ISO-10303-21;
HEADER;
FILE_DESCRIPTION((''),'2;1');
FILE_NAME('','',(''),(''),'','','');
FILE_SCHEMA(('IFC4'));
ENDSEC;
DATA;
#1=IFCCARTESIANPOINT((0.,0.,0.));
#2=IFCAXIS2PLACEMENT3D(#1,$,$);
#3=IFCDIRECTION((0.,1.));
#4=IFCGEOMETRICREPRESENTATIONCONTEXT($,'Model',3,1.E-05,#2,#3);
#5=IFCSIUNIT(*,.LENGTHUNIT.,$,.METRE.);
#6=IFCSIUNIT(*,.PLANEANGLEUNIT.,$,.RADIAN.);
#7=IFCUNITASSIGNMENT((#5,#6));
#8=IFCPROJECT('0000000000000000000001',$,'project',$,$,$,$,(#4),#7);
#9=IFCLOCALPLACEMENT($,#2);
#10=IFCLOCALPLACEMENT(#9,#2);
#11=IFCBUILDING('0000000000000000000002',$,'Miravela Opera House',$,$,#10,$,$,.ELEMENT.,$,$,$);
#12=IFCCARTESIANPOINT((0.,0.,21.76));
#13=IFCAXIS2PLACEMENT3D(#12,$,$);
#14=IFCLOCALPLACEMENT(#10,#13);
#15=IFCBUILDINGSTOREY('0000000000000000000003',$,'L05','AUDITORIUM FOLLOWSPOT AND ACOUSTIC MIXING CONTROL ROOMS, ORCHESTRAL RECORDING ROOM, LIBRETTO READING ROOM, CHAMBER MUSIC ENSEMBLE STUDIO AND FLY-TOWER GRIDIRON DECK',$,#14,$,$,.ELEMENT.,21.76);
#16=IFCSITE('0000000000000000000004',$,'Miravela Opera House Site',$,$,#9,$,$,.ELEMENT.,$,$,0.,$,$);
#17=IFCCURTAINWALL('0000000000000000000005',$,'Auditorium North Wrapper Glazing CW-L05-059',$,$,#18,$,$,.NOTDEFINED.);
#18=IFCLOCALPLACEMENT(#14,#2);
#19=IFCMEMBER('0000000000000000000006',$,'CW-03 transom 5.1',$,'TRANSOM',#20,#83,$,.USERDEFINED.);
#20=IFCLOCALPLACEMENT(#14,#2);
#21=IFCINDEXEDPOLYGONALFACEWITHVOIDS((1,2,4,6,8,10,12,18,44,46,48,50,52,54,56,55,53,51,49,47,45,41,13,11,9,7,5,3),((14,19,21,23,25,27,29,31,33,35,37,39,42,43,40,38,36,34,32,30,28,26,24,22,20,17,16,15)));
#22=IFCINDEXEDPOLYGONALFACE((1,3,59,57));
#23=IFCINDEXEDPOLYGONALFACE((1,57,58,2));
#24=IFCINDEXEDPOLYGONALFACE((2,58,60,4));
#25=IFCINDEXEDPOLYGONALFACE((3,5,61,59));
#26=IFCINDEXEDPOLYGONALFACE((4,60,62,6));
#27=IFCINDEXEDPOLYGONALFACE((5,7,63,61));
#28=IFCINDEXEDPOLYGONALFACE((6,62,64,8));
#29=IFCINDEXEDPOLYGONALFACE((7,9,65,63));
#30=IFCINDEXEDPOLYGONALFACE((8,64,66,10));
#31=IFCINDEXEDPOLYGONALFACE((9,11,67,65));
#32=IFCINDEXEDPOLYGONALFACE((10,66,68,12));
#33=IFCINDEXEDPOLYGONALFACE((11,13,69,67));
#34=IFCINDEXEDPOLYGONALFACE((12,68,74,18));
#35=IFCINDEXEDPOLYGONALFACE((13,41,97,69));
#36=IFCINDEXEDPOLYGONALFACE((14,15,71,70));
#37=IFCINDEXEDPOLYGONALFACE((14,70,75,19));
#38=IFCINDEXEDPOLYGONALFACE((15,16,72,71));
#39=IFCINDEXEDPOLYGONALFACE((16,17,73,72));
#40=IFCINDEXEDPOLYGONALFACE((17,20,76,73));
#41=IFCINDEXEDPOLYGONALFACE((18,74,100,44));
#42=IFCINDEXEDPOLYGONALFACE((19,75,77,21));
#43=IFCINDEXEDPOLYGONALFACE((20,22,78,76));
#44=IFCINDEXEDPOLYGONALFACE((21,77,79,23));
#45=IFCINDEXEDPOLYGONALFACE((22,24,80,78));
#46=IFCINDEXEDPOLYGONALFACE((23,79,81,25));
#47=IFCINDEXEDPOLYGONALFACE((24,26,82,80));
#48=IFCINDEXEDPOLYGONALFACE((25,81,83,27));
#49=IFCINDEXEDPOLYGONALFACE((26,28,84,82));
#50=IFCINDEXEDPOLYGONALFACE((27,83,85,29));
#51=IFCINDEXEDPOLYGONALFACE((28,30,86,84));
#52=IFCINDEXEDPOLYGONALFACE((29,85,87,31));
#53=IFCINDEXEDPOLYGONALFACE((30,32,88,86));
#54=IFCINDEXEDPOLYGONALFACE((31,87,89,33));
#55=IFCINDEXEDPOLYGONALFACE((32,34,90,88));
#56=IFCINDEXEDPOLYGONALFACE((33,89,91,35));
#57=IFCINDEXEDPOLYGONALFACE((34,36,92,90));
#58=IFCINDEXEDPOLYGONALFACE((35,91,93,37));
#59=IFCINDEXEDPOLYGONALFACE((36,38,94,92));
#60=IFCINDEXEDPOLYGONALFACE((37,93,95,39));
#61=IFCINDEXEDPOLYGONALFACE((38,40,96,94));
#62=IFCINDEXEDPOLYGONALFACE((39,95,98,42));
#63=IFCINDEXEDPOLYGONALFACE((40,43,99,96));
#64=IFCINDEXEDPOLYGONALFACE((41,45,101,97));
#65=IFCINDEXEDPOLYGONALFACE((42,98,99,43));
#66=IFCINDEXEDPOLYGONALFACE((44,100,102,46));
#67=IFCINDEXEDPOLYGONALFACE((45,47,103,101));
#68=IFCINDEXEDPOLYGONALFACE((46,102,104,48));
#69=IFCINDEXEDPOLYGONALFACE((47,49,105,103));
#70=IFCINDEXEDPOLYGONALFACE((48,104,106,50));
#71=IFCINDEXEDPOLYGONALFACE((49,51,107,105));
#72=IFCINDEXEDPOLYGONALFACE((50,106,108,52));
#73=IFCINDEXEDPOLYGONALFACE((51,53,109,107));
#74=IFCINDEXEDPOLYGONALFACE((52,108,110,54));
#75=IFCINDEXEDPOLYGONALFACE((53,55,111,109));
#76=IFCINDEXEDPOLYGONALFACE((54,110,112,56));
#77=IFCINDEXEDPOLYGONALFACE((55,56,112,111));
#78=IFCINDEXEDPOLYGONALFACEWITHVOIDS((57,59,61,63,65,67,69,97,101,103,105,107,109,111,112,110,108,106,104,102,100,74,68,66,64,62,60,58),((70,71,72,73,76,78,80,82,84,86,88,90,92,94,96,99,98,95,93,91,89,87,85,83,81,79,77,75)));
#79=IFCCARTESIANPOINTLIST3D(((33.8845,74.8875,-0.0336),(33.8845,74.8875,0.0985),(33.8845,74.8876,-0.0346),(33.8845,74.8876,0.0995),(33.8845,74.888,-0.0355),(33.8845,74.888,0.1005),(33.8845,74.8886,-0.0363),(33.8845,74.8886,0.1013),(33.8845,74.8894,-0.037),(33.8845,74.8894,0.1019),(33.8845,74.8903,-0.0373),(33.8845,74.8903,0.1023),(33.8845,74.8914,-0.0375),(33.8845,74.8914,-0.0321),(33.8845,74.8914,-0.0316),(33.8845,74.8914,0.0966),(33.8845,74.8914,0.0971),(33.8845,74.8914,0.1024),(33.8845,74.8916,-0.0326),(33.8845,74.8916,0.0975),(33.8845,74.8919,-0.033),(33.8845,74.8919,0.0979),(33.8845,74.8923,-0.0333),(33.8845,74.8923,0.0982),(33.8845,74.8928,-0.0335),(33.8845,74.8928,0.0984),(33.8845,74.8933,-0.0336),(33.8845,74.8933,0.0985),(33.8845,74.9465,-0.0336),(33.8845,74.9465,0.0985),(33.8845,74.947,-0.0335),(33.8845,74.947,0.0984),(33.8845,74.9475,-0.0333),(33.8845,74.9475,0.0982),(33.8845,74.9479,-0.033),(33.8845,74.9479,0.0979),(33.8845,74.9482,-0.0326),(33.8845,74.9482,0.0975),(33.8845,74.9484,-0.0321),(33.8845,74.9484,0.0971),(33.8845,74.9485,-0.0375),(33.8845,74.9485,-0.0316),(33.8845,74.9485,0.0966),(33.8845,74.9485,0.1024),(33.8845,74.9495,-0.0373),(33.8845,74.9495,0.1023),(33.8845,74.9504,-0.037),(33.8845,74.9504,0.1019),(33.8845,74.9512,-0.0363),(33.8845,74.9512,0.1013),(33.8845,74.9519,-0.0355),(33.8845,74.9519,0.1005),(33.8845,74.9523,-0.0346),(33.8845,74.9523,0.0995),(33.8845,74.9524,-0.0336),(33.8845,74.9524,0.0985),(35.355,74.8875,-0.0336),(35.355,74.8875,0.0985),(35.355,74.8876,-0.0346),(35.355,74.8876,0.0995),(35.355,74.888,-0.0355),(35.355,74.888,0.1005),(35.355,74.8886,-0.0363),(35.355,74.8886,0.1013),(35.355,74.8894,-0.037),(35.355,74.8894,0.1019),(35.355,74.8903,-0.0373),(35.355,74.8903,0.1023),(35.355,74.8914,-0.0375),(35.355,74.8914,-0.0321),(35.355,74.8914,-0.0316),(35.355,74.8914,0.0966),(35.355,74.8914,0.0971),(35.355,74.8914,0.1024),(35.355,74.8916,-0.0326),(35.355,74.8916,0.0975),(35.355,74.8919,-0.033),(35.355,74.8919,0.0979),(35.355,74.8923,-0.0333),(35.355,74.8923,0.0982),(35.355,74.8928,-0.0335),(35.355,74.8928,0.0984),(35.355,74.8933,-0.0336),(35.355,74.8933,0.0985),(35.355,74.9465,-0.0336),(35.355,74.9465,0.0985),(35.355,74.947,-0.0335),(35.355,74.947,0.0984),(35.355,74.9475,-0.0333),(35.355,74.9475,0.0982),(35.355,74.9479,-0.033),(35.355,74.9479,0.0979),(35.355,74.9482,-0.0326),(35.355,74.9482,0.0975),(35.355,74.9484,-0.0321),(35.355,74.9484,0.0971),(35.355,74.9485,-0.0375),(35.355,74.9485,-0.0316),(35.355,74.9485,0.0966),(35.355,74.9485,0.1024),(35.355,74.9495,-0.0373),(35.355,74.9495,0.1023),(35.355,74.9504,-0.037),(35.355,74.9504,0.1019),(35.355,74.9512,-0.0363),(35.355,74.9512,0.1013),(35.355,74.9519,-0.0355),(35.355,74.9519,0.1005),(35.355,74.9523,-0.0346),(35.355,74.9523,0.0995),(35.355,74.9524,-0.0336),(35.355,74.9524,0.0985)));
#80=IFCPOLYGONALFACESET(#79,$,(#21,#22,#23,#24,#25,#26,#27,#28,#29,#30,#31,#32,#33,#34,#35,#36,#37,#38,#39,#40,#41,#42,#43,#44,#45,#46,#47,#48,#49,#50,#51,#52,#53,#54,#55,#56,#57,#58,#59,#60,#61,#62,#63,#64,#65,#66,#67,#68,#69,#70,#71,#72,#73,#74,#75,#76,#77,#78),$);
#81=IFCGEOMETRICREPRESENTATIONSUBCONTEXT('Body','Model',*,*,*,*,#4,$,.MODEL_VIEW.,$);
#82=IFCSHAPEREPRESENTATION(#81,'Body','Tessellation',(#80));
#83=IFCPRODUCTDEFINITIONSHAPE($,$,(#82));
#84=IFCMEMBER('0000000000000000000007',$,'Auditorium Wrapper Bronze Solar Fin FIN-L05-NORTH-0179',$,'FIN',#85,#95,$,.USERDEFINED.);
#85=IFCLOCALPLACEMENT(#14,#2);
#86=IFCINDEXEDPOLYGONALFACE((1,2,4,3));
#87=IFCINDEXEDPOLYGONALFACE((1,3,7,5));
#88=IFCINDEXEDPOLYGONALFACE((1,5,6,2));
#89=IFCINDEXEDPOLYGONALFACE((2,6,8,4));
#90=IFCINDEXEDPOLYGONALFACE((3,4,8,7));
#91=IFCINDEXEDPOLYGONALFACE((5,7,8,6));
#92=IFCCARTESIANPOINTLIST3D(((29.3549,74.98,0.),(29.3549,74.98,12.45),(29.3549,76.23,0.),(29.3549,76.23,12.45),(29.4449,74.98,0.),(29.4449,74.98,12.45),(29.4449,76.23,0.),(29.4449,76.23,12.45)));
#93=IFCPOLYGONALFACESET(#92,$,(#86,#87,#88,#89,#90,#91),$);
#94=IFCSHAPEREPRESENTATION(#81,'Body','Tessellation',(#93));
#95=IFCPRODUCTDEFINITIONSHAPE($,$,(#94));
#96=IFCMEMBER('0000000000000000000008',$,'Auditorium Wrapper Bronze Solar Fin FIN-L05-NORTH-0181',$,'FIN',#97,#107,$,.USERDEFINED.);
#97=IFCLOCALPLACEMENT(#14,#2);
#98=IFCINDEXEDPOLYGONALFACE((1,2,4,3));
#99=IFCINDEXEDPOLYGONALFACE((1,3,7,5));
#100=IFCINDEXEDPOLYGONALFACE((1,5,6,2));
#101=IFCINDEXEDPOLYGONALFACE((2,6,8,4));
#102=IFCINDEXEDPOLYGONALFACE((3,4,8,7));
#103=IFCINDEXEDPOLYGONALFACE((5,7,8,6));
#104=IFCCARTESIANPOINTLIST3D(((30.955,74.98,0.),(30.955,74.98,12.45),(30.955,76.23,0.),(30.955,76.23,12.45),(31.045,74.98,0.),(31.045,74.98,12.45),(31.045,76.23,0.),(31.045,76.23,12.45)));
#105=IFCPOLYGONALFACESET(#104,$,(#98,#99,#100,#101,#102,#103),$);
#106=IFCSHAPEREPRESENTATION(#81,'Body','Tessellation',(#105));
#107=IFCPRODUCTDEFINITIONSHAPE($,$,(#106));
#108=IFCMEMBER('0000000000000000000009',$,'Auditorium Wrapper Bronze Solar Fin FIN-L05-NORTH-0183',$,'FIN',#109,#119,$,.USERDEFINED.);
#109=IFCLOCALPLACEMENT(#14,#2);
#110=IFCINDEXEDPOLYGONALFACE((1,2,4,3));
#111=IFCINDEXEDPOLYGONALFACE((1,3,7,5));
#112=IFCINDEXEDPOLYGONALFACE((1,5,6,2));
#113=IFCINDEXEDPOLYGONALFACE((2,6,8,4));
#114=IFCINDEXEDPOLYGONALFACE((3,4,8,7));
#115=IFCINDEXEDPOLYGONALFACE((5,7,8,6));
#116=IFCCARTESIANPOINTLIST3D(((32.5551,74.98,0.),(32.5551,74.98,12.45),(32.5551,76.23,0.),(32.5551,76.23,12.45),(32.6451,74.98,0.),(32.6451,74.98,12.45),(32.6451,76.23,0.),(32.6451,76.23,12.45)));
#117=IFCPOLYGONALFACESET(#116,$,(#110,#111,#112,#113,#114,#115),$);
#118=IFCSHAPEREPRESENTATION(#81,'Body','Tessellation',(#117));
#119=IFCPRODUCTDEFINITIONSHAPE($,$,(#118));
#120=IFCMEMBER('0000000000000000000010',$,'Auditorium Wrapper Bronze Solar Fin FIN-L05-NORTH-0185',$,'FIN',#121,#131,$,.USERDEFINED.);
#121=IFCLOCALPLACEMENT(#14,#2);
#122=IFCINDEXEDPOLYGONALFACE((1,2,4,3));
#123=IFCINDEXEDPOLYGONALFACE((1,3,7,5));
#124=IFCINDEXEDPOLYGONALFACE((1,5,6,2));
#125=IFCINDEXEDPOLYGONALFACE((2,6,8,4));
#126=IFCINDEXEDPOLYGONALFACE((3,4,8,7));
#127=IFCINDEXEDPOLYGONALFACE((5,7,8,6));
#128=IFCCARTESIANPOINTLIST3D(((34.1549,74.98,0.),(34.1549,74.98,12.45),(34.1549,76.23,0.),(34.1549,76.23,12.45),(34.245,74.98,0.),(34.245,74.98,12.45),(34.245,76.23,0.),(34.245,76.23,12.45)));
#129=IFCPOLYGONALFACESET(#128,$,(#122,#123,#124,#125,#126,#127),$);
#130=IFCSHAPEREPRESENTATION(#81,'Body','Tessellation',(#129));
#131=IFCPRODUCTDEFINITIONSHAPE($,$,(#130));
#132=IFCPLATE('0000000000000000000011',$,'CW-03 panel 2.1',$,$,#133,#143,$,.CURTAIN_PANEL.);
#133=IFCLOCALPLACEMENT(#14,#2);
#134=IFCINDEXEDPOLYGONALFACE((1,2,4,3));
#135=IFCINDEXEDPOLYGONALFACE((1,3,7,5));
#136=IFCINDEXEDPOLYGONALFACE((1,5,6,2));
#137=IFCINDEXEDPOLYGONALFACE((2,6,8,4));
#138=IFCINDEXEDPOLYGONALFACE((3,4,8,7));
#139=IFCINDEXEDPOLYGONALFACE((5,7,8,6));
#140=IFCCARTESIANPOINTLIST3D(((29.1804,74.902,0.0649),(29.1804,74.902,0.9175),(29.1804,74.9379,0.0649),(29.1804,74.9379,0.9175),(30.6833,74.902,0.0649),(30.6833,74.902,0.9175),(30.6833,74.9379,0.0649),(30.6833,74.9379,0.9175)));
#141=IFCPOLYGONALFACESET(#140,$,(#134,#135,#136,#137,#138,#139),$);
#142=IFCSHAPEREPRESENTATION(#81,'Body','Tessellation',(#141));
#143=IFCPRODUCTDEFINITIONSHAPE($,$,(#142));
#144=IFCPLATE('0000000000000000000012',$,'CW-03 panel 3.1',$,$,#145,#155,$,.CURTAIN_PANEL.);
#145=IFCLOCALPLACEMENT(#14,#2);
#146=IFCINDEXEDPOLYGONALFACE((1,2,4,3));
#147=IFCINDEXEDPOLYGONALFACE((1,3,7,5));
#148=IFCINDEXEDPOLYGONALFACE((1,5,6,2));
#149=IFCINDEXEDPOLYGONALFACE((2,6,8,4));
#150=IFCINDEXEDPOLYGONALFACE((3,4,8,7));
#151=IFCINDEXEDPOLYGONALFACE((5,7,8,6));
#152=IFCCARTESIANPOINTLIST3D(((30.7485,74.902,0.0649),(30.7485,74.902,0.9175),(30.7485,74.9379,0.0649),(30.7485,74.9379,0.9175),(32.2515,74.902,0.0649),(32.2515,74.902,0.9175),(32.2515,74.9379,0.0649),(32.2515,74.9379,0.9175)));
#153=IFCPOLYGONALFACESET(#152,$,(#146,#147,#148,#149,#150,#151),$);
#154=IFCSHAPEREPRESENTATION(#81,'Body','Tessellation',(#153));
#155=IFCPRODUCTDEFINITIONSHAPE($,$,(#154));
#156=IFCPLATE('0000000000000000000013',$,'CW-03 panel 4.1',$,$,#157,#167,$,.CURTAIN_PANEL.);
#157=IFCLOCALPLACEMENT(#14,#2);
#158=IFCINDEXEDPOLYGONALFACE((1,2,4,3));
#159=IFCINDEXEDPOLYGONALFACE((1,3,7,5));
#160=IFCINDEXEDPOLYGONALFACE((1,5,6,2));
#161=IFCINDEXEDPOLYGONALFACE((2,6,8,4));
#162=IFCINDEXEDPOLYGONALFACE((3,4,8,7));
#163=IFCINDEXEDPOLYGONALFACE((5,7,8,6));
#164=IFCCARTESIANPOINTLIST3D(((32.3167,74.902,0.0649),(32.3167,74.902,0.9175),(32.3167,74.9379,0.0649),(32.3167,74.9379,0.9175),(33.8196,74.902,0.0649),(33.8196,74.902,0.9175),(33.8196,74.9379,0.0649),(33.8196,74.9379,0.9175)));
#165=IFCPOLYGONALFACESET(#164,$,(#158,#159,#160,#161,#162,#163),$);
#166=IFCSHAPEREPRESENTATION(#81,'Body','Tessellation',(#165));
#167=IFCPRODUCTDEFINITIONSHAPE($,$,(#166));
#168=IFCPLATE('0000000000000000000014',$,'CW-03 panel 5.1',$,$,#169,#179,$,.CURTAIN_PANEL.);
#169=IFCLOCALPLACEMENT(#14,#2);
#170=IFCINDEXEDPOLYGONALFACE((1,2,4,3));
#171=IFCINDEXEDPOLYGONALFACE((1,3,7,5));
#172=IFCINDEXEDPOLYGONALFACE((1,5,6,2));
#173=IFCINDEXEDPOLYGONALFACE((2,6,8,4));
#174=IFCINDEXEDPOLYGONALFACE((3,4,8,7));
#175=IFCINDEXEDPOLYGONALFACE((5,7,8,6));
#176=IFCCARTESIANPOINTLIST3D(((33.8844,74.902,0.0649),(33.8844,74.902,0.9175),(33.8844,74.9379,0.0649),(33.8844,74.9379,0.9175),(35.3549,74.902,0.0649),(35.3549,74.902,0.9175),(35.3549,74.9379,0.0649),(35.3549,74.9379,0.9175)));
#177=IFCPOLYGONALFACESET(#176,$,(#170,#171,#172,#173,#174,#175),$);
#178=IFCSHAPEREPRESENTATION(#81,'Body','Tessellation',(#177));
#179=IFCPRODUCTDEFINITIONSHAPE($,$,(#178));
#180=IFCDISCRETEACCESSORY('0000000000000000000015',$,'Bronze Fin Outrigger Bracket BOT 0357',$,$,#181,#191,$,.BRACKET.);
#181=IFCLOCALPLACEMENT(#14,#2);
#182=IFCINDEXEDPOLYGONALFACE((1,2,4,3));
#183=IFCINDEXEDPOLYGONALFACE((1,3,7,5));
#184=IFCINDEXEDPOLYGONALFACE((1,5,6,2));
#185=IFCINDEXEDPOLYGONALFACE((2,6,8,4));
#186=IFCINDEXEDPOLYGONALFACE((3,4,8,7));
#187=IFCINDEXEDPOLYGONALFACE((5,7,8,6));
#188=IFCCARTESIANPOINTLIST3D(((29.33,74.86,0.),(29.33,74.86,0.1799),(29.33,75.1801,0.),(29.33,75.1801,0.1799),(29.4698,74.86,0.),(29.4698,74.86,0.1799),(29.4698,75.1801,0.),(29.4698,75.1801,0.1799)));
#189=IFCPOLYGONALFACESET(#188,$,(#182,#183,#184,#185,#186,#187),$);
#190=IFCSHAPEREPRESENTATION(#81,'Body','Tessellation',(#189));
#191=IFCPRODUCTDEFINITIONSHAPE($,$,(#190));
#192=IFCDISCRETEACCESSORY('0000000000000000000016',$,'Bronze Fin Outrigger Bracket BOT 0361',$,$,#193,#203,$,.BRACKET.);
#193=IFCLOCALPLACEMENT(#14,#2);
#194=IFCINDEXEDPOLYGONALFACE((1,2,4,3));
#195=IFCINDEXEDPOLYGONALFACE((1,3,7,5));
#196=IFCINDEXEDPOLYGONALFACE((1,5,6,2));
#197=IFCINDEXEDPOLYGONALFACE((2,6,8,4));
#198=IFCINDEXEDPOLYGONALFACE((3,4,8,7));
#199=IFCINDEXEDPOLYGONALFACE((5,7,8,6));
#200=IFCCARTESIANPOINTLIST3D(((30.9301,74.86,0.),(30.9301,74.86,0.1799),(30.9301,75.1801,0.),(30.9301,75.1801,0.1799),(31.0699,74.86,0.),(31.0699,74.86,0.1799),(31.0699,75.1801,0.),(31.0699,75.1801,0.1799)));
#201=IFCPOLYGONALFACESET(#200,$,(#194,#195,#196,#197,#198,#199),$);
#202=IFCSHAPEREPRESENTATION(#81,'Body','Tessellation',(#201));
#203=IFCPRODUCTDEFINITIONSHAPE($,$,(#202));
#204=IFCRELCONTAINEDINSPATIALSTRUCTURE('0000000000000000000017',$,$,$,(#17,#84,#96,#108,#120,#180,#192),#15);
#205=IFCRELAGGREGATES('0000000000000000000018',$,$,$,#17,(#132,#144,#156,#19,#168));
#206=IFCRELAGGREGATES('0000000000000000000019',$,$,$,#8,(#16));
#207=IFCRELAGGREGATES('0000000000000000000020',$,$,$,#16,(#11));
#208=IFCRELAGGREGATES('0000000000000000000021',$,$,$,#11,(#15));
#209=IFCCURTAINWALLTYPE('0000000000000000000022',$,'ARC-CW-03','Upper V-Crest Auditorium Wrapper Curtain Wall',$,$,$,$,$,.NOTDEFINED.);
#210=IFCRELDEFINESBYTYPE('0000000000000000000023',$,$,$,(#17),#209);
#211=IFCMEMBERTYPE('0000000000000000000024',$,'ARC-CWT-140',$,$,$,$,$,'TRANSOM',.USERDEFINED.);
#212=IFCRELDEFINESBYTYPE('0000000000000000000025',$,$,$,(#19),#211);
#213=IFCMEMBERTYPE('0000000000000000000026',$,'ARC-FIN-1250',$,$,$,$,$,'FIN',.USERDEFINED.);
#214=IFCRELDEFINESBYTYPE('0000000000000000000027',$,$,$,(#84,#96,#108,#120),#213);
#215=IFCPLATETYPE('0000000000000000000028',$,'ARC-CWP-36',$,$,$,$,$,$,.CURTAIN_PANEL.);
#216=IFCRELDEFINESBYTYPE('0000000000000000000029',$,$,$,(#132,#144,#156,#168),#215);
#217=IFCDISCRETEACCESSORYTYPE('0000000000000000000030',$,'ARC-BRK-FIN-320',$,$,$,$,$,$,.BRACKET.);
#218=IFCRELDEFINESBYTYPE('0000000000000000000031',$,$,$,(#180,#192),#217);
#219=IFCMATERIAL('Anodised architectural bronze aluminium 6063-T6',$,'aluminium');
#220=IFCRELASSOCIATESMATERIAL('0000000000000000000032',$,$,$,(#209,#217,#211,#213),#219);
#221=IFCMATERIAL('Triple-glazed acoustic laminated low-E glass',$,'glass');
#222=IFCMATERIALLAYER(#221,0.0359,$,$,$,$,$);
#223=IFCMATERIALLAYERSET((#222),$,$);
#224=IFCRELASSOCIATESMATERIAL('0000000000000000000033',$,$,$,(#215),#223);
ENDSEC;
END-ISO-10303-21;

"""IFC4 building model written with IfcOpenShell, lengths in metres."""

from ifc_helpers import new_model, si_unit, direction, frame, origin, origin_2d, place, context, subcontext, project, spatial, rectangle, hollow_rectangle, extrude, material, layer, layer_set, material_profile, profile_set, type_object, element, aggregate, save


model = new_model("IFC4")

# Units and contexts
model_context = context("Model", 3, precision=1e-05, world=origin(), true_north=direction((0.0, 1.0)))
body_context = subcontext(model_context, "Body", "Model", "MODEL_VIEW")
ifc_project = project(units=[si_unit("LENGTHUNIT", "METRE"), si_unit("PLANEANGLEUNIT", "RADIAN")], contexts=[model_context])

# Site, building, storey
site_placement = place(None, origin())
site = spatial("IfcSite", under=ifc_project, at=site_placement, Name="Miravela Opera House Site", CompositionType="ELEMENT", RefElevation=0.0)
building_placement = place(site_placement, origin())
building = spatial("IfcBuilding", under=site, at=building_placement, Name="Miravela Opera House", CompositionType="ELEMENT")
storey_placement = place(building_placement, frame((0.0, 0.0, 21.76)))
storey = spatial("IfcBuildingStorey", under=building, at=storey_placement, Name="L05", Description="AUDITORIUM FOLLOWSPOT AND ACOUSTIC MIXING CONTROL ROOMS, ORCHESTRAL RECORDING ROOM, LIBRETTO READING ROOM, CHAMBER MUSIC ENSEMBLE STUDIO AND FLY-TOWER GRIDIRON DECK", CompositionType="ELEMENT", Elevation=21.76)

# Curtain wall, member
ifc_material_1 = material(Name="Anodised architectural bronze aluminium 6063-T6", Category="aluminium")
curtain_wall_type = type_object("IfcCurtainWallType", Name="ARC-CW-03", Description="Upper V-Crest Auditorium Wrapper Curtain Wall", PredefinedType="NOTDEFINED", material=ifc_material_1)
curtain_wall_placement = place(storey_placement, origin())
curtain_wall = element("IfcCurtainWall", 1, at=curtain_wall_placement, inside=storey, type_object=curtain_wall_type, Name="Auditorium North Wrapper Glazing CW-L05-059", PredefinedType="NOTDEFINED")
ifc_material_profile_1 = material_profile(ifc_material_1, hollow_rectangle(XDim=0.0649, YDim=0.1399, WallThickness=0.0039, InnerFilletRadius=0.002, OuterFilletRadius=0.0039, at=origin_2d()), Name="CWT-65X140")
ifc_profile_set_1 = profile_set([ifc_material_profile_1])
member_type_1 = type_object("IfcMemberType", Name="ARC-CWT-140", ElementType="TRANSOM", PredefinedType="USERDEFINED", material=ifc_profile_set_1)
member_1_placement = place(storey_placement, frame((33.8845, 74.9199, 0.0325), z_axis=(1.0, 0.0, 0.0), x_axis=(0.0, 1.0, 0.0)))
member_1 = element("IfcMember", 2, at=member_1_placement, type_object=member_type_1, Name="CW-03 transom 5.1", ObjectType="TRANSOM", PredefinedType="USERDEFINED", context=body_context, shape_type="SweptSolid", body=[
    extrude(hollow_rectangle(XDim=0.0649, YDim=0.1399, WallThickness=0.0039, InnerFilletRadius=0.002, OuterFilletRadius=0.0039, at=origin_2d()), origin(), (0.0, 0.0, 1.0), 1.4705),
])

# Members
ifc_material_profile_2 = material_profile(ifc_material_1, rectangle(XDim=0.0901, YDim=1.25, at=origin_2d()), Name="FIN-1250X90")
ifc_profile_set_2 = profile_set([ifc_material_profile_2])
member_type_2 = type_object("IfcMemberType", Name="ARC-FIN-1250", ElementType="FIN", PredefinedType="USERDEFINED", material=ifc_profile_set_2)
for number, where, z_axis, x_axis, name in (
    (3, (29.3999, 75.605, 0.0), (0.0, 0.0, 1.0), (1.0, 0.0, 0.0), "Auditorium Wrapper Bronze Solar Fin FIN-L05-NORTH-0179"),
    (4, (31.0, 75.605, 0.0), (0.0, 0.0, 1.0), (1.0, 0.0, 0.0), "Auditorium Wrapper Bronze Solar Fin FIN-L05-NORTH-0181"),
    (5, (32.6001, 75.605, 0.0), (0.0, 0.0, 1.0), (1.0, 0.0, 0.0), "Auditorium Wrapper Bronze Solar Fin FIN-L05-NORTH-0183"),
    (6, (34.2, 75.605, 0.0), (0.0, 0.0, 1.0), (1.0, 0.0, 0.0), "Auditorium Wrapper Bronze Solar Fin FIN-L05-NORTH-0185"),
):
    element("IfcMember", number, at=place(storey_placement, frame(where, z_axis=z_axis, x_axis=x_axis)), inside=storey, type_object=member_type_2, Name=name, ObjectType="FIN", PredefinedType="USERDEFINED", context=body_context, shape_type="SweptSolid", body=[
        extrude(rectangle(XDim=0.0901, YDim=1.25, at=origin_2d()), origin(), (0.0, 0.0, 1.0), 12.45),
    ])

# Plates
ifc_material_2 = material(Name="Triple-glazed acoustic laminated low-E glass", Category="glass")
ifc_layer = layer(ifc_material_2, 0.0359)
ifc_layer_set = layer_set([ifc_layer])
plate_type = type_object("IfcPlateType", Name="ARC-CWP-36", PredefinedType="CURTAIN_PANEL", material=ifc_layer_set)
plate_1_placement = place(storey_placement, frame((29.9319, 74.9199, 0.0649), z_axis=(0.0, 0.0, 1.0), x_axis=(1.0, 0.0, 0.0)))
plate_1 = element("IfcPlate", 7, at=plate_1_placement, type_object=plate_type, Name="CW-03 panel 2.1", PredefinedType="CURTAIN_PANEL", context=body_context, shape_type="SweptSolid", body=[
    extrude(rectangle(XDim=1.5029, YDim=0.0359, at=origin_2d()), origin(), (0.0, 0.0, 1.0), 0.8525),
])
plate_2_placement = place(storey_placement, frame((31.5, 74.9199, 0.0649), z_axis=(0.0, 0.0, 1.0), x_axis=(1.0, 0.0, 0.0)))
plate_2 = element("IfcPlate", 8, at=plate_2_placement, type_object=plate_type, Name="CW-03 panel 3.1", PredefinedType="CURTAIN_PANEL", context=body_context, shape_type="SweptSolid", body=[
    extrude(rectangle(XDim=1.5029, YDim=0.0359, at=origin_2d()), origin(), (0.0, 0.0, 1.0), 0.8525),
])
plate_3_placement = place(storey_placement, frame((33.0681, 74.9199, 0.0649), z_axis=(0.0, 0.0, 1.0), x_axis=(1.0, 0.0, 0.0)))
plate_3 = element("IfcPlate", 9, at=plate_3_placement, type_object=plate_type, Name="CW-03 panel 4.1", PredefinedType="CURTAIN_PANEL", context=body_context, shape_type="SweptSolid", body=[
    extrude(rectangle(XDim=1.5029, YDim=0.0359, at=origin_2d()), origin(), (0.0, 0.0, 1.0), 0.8525),
])
plate_4_placement = place(storey_placement, frame((34.6196, 74.9199, 0.0649), z_axis=(0.0, 0.0, 1.0), x_axis=(1.0, 0.0, 0.0)))
plate_4 = element("IfcPlate", 10, at=plate_4_placement, type_object=plate_type, Name="CW-03 panel 5.1", PredefinedType="CURTAIN_PANEL", context=body_context, shape_type="SweptSolid", body=[
    extrude(rectangle(XDim=1.4705, YDim=0.0359, at=origin_2d()), origin(), (0.0, 0.0, 1.0), 0.8525),
])
aggregate(curtain_wall, [plate_1, plate_2, plate_3, member_1, plate_4])

# Discrete accessories
discrete_accessory_type = type_object("IfcDiscreteAccessoryType", Name="ARC-BRK-FIN-320", PredefinedType="BRACKET", material=ifc_material_1)
for number, where, z_axis, x_axis, name in (
    (11, (29.3999, 75.02, 0.0), (0.0, 0.0, 1.0), (0.0, 1.0, 0.0), "Bronze Fin Outrigger Bracket BOT 0357"),
    (12, (31.0, 75.02, 0.0), (0.0, 0.0, 1.0), (0.0, 1.0, 0.0), "Bronze Fin Outrigger Bracket BOT 0361"),
):
    element("IfcDiscreteAccessory", number, at=place(storey_placement, frame(where, z_axis=z_axis, x_axis=x_axis)), inside=storey, type_object=discrete_accessory_type, Name=name, PredefinedType="BRACKET", context=body_context, shape_type="SweptSolid", body=[
        extrude(rectangle(XDim=0.3201, YDim=0.1399, at=origin_2d()), origin(), (0.0, 0.0, 1.0), 0.1799),
    ])

save(model, "model.ifc")
